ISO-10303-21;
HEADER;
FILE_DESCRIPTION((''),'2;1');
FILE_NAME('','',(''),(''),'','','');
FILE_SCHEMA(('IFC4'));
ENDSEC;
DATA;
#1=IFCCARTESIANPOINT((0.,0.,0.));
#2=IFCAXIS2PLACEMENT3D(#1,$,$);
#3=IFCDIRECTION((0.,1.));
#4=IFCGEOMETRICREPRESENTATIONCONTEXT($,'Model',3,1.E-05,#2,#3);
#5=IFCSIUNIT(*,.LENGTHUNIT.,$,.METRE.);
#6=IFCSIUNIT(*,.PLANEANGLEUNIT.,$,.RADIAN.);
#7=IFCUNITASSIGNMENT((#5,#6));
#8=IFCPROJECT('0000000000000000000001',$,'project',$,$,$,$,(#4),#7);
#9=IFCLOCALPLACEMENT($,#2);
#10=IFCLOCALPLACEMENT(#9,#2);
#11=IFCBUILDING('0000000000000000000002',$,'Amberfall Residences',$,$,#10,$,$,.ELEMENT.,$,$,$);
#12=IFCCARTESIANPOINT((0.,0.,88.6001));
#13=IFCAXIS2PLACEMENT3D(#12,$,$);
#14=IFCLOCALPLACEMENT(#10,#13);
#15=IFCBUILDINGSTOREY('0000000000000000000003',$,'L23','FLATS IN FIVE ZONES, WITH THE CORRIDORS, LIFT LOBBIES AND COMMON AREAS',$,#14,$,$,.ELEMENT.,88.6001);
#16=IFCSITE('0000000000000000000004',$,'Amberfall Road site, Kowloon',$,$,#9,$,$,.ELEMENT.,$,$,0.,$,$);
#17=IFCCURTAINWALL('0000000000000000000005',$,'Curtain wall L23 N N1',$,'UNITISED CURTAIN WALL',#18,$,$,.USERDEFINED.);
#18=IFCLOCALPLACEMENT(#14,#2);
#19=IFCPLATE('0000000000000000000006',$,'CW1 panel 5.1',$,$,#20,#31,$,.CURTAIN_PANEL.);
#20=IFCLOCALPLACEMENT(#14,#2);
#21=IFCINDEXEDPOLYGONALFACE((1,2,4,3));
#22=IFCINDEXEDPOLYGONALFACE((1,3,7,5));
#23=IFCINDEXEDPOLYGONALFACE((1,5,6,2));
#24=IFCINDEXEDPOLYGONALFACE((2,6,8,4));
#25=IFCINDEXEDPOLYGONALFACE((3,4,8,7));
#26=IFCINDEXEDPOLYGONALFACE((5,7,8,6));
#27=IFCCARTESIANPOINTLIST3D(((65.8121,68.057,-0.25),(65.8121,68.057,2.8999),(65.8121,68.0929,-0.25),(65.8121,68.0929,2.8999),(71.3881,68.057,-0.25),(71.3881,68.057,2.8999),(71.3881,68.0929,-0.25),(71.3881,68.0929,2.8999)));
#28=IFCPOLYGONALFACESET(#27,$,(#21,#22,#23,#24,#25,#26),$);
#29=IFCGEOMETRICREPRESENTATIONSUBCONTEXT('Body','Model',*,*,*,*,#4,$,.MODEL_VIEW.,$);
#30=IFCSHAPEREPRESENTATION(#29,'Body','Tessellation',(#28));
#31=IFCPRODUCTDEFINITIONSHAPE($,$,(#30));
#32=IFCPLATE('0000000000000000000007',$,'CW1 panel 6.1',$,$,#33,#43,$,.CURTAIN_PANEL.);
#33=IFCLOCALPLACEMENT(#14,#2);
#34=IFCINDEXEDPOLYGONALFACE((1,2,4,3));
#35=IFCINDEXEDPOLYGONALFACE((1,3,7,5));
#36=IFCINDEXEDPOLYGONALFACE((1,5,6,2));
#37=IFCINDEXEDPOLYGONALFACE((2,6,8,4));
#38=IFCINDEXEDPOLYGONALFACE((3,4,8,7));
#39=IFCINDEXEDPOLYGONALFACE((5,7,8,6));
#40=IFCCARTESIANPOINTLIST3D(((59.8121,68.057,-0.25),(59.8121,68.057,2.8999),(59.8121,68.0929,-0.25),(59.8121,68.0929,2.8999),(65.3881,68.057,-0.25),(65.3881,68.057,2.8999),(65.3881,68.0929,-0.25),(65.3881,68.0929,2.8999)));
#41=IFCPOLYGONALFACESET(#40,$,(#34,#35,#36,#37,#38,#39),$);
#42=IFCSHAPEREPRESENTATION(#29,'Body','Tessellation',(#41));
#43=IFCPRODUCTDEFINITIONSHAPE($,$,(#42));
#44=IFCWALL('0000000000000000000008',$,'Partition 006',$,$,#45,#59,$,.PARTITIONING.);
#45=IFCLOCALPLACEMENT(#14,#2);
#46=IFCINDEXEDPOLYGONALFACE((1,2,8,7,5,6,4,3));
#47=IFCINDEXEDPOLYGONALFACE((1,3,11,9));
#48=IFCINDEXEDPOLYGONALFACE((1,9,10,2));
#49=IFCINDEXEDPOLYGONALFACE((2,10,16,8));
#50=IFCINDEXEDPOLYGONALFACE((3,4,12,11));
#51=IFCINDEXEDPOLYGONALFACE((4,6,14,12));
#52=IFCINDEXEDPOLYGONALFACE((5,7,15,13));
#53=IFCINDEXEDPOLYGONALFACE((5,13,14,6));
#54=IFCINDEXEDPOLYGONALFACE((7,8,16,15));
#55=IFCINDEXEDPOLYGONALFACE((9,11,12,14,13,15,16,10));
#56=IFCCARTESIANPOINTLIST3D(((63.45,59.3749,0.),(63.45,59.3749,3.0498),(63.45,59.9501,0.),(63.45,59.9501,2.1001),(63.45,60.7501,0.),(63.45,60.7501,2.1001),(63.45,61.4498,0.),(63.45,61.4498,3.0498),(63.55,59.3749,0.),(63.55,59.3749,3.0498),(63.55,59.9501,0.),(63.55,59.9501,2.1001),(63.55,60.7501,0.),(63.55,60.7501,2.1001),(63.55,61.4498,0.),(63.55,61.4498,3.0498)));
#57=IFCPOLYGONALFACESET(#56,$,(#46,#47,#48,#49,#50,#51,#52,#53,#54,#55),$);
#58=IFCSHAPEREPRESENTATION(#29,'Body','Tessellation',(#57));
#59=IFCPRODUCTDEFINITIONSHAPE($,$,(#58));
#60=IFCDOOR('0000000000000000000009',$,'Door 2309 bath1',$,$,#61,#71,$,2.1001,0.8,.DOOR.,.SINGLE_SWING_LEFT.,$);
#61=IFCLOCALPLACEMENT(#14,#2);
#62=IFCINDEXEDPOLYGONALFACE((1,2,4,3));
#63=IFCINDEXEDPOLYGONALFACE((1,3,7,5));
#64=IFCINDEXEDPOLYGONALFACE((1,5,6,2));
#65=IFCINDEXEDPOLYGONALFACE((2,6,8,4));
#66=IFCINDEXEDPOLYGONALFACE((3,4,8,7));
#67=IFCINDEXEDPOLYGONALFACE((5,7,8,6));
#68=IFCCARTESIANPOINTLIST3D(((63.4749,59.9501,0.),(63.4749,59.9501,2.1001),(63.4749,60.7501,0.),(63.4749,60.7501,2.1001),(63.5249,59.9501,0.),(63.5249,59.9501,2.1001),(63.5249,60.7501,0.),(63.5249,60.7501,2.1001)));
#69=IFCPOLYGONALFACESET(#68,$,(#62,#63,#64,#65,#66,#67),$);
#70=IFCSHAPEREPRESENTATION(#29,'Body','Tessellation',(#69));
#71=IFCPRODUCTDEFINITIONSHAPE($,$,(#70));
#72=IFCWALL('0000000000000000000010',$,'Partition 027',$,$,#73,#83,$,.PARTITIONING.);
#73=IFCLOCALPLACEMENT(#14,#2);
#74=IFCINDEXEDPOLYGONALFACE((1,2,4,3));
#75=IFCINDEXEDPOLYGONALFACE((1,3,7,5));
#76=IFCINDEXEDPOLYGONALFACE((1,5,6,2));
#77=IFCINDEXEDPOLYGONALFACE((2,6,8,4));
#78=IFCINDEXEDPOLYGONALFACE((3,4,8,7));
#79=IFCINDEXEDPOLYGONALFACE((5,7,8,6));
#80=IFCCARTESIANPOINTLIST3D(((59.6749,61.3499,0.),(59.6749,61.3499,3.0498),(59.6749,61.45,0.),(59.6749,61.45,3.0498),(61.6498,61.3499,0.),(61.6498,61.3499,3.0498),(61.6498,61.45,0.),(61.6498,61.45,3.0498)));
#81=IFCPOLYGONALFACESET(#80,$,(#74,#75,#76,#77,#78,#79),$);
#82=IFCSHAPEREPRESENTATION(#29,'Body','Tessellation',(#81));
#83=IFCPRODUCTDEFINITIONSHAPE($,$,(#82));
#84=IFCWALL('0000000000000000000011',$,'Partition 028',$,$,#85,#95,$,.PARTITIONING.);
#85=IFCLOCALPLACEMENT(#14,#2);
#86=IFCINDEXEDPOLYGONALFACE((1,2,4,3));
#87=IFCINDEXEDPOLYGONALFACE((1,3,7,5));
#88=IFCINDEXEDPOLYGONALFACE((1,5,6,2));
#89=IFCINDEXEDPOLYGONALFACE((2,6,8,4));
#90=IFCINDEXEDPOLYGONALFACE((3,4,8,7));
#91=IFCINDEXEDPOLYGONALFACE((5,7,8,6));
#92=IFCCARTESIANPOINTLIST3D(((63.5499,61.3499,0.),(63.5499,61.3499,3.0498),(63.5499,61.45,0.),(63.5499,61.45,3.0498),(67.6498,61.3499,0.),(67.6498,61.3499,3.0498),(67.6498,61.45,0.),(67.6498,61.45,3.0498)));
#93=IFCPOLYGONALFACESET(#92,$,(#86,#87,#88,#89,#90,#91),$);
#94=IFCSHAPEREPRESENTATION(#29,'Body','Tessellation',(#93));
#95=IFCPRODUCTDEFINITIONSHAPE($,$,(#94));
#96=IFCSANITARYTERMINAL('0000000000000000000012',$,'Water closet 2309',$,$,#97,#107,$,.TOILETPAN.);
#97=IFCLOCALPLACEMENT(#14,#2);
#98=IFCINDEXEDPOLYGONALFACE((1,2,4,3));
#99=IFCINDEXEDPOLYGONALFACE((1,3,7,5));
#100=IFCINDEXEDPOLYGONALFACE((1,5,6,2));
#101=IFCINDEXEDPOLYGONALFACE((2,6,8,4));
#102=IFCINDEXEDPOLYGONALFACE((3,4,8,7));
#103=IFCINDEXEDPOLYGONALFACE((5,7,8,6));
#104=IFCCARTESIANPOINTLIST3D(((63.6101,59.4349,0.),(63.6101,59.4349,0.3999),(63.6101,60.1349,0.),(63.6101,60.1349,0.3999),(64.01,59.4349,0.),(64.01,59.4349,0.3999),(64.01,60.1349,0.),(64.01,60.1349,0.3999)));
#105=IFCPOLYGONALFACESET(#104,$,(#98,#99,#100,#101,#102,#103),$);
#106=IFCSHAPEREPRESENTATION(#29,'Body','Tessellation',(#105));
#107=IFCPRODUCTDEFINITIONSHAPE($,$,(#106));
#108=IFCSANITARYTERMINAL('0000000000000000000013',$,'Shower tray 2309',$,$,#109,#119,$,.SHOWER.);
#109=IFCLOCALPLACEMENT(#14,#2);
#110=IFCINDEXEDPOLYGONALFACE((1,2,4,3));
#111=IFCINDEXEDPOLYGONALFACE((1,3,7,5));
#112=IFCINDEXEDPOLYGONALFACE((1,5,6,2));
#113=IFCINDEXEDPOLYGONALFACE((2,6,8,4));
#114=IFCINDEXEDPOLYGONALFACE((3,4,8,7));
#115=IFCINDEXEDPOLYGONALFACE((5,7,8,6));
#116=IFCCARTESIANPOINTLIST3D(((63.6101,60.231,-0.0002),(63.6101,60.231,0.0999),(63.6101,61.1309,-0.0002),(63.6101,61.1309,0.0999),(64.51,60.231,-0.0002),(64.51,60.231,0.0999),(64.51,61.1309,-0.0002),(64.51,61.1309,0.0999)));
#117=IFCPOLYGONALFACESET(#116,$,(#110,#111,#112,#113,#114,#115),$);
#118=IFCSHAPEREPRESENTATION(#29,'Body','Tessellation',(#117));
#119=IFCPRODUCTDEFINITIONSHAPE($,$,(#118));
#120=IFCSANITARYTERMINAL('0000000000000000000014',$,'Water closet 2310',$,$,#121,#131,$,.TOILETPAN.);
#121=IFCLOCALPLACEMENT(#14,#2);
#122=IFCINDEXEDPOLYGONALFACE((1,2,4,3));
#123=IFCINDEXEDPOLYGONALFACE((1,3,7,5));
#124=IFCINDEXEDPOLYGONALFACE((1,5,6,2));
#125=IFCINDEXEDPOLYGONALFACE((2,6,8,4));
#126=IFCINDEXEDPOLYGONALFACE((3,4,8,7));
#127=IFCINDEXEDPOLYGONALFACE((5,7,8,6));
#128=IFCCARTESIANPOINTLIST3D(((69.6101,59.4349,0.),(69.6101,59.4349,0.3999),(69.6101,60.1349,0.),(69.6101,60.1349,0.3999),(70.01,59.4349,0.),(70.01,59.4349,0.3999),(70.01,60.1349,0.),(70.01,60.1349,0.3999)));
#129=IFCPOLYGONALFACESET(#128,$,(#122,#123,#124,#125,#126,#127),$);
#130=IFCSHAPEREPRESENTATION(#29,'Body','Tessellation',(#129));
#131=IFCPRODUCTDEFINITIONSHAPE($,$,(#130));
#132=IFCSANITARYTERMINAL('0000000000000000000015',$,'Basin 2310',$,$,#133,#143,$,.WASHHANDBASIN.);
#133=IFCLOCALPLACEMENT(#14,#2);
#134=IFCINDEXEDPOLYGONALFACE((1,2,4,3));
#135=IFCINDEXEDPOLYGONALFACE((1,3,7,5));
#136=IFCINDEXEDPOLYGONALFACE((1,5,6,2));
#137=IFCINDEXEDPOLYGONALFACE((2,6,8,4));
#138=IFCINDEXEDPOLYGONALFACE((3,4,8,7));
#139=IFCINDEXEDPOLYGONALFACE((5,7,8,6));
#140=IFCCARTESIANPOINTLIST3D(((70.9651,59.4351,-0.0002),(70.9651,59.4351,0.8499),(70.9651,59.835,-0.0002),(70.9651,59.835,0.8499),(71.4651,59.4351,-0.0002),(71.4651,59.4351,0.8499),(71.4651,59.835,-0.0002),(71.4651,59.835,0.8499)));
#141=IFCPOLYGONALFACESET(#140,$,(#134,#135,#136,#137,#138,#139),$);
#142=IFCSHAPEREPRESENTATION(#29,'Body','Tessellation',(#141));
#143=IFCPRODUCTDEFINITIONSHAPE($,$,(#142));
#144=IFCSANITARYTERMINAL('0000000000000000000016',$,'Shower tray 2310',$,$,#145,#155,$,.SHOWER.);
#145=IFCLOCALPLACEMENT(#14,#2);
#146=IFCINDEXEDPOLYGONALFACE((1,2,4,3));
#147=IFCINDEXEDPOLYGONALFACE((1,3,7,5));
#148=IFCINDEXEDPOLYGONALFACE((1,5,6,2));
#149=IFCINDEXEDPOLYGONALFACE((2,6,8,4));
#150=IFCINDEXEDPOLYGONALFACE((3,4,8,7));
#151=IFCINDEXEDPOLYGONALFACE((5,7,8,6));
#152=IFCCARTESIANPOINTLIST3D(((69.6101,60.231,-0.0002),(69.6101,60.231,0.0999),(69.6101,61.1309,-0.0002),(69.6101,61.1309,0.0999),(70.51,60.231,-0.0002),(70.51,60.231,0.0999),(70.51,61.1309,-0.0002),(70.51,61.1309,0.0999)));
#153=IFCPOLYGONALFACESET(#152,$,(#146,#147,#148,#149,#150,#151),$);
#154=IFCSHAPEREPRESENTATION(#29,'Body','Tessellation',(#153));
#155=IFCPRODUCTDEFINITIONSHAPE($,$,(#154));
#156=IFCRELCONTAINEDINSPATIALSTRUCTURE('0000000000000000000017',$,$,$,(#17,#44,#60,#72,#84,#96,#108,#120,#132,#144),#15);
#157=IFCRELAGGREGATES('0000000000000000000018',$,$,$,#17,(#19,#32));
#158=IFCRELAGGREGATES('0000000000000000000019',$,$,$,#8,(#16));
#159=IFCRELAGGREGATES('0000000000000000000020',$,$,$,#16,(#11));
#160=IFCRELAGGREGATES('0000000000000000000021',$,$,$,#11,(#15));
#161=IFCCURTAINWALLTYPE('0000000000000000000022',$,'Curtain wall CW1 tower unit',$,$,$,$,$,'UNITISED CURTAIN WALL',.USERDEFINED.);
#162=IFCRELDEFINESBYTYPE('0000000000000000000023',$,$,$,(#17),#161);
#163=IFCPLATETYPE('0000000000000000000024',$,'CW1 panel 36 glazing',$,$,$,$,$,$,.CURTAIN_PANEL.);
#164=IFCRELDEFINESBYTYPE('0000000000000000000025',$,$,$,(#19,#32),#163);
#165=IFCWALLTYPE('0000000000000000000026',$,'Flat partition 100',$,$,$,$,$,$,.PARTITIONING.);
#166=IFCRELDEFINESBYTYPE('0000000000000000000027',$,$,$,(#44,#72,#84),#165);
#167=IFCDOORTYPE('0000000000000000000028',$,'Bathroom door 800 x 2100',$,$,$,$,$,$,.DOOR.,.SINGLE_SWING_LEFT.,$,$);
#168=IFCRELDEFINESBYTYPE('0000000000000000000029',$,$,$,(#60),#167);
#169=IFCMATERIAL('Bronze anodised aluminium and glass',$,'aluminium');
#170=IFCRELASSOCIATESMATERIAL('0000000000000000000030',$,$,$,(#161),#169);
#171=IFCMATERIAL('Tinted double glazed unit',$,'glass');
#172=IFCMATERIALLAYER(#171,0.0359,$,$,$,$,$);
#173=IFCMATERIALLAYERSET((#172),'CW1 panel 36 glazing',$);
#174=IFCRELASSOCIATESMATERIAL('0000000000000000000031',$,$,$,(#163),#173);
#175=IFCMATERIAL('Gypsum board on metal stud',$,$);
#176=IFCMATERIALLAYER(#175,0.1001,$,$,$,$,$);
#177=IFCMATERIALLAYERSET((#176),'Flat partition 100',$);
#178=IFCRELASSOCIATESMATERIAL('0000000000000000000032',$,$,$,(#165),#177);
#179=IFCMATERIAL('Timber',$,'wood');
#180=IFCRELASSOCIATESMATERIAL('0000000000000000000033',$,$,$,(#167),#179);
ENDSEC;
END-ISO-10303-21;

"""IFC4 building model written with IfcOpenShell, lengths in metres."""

from ifc_helpers import new_model, si_unit, direction, frame, frame_2d, origin, origin_2d, place, context, subcontext, project, spatial, rectangle, extrude, material, layer, layer_set, type_object, element, fill, aggregate, save


model = new_model("IFC4")

# Units and contexts
model_context = context("Model", 3, precision=1e-05, world=origin(), true_north=direction((0.0, 1.0)))
body_context = subcontext(model_context, "Body", "Model", "MODEL_VIEW")
ifc_project = project(units=[si_unit("LENGTHUNIT", "METRE"), si_unit("PLANEANGLEUNIT", "RADIAN")], contexts=[model_context])

# Site, building, storey
site_placement = place(None, origin())
site = spatial("IfcSite", under=ifc_project, at=site_placement, Name="Amberfall Road site, Kowloon", CompositionType="ELEMENT", RefElevation=0.0)
building_placement = place(site_placement, origin())
building = spatial("IfcBuilding", under=site, at=building_placement, Name="Amberfall Residences", CompositionType="ELEMENT")
storey_placement = place(building_placement, frame((0.0, 0.0, 88.6001)))
storey = spatial("IfcBuildingStorey", under=building, at=storey_placement, Name="L23", Description="FLATS IN FIVE ZONES, WITH THE CORRIDORS, LIFT LOBBIES AND COMMON AREAS", CompositionType="ELEMENT", Elevation=88.6001)

# Curtain wall
ifc_material_1 = material(Name="Bronze anodised aluminium and glass", Category="aluminium")
curtain_wall_type = type_object("IfcCurtainWallType", Name="Curtain wall CW1 tower unit", ElementType="UNITISED CURTAIN WALL", PredefinedType="USERDEFINED", material=ifc_material_1)
curtain_wall_placement = place(storey_placement, origin())
curtain_wall = element("IfcCurtainWall", 1, at=curtain_wall_placement, inside=storey, type_object=curtain_wall_type, Name="Curtain wall L23 N N1", ObjectType="UNITISED CURTAIN WALL", PredefinedType="USERDEFINED")

# Plates
ifc_material_2 = material(Name="Tinted double glazed unit", Category="glass")
ifc_layer_1 = layer(ifc_material_2, 0.0359)
ifc_layer_set_1 = layer_set([ifc_layer_1], Name="CW1 panel 36 glazing")
plate_type = type_object("IfcPlateType", Name="CW1 panel 36 glazing", PredefinedType="CURTAIN_PANEL", material=ifc_layer_set_1)
plate_1_placement = place(storey_placement, frame((68.6001, 68.075, -0.25), z_axis=(0.0, 0.0, 1.0), x_axis=(-1.0, 0.0, 0.0)))
plate_1 = element("IfcPlate", 2, at=plate_1_placement, type_object=plate_type, Name="CW1 panel 5.1", PredefinedType="CURTAIN_PANEL", context=body_context, shape_type="SweptSolid", body=[
    extrude(rectangle(XDim=5.5759, YDim=0.0359, at=origin_2d()), origin(), (0.0, 0.0, 1.0), 3.1499),
])
plate_2_placement = place(storey_placement, frame((62.6001, 68.075, -0.25), z_axis=(0.0, 0.0, 1.0), x_axis=(-1.0, 0.0, 0.0)))
plate_2 = element("IfcPlate", 3, at=plate_2_placement, type_object=plate_type, Name="CW1 panel 6.1", PredefinedType="CURTAIN_PANEL", context=body_context, shape_type="SweptSolid", body=[
    extrude(rectangle(XDim=5.5759, YDim=0.0359, at=origin_2d()), origin(), (0.0, 0.0, 1.0), 3.1499),
])
aggregate(curtain_wall, [plate_1, plate_2])

# Wall, opening, door
ifc_material_3 = material(Name="Gypsum board on metal stud")
ifc_layer_2 = layer(ifc_material_3, 0.1001)
ifc_layer_set_2 = layer_set([ifc_layer_2], Name="Flat partition 100")
wall_type = type_object("IfcWallType", Name="Flat partition 100", PredefinedType="PARTITIONING", material=ifc_layer_set_2)
wall_1_placement = place(storey_placement, frame((63.5, 61.45, 0.0), z_axis=(0.0, 0.0, 1.0), x_axis=(0.0, -1.0, 0.0)))
wall_1 = element("IfcWall", 4, at=wall_1_placement, inside=storey, type_object=wall_type, Name="Partition 006", PredefinedType="PARTITIONING", context=body_context, shape_type="SweptSolid", body=[
    extrude(rectangle(XDim=2.075, YDim=0.1001, at=frame_2d((1.0376, 0.0))), origin(), (0.0, 0.0, 1.0), 3.0498),
])
opening_placement = place(wall_1_placement, frame((0.7, 0.0, 0.0)))
opening = element("IfcOpeningElement", 5, at=opening_placement, cuts=wall_1, PredefinedType="OPENING", context=body_context, shape_type="SweptSolid", body=[
    extrude(rectangle(XDim=0.8, YDim=2.1001, at=frame_2d((0.3999, 1.05))), frame((0.0, 0.0601, 0.0), z_axis=(0.0, -1.0, 0.0), x_axis=(1.0, 0.0, 0.0)), (0.0, 0.0, 1.0), 0.1201),
])
ifc_material_4 = material(Name="Timber", Category="wood")
door_type = type_object("IfcDoorType", Name="Bathroom door 800 x 2100", OperationType="SINGLE_SWING_LEFT", PredefinedType="DOOR", material=ifc_material_4)
door_placement = place(opening_placement, origin())
door = element("IfcDoor", 6, at=door_placement, inside=storey, type_object=door_type, Name="Door 2309 bath1", OperationType="SINGLE_SWING_LEFT", OverallHeight=2.1001, OverallWidth=0.8, PredefinedType="DOOR", context=body_context, shape_type="SweptSolid", body=[
    extrude(rectangle(XDim=0.8, YDim=2.1001, at=frame_2d((0.3999, 1.05))), frame((0.0, 0.0249, 0.0), z_axis=(0.0, -1.0, 0.0), x_axis=(1.0, 0.0, 0.0)), (0.0, 0.0, 1.0), 0.05),
])
fill(opening, door)

# Walls
wall_2_placement = place(storey_placement, frame((59.675, 61.3999, 0.0), z_axis=(0.0, 0.0, 1.0), x_axis=(1.0, 0.0, 0.0)))
element("IfcWall", 7, at=wall_2_placement, inside=storey, type_object=wall_type, Name="Partition 027", PredefinedType="PARTITIONING", context=body_context, shape_type="SweptSolid", body=[
    extrude(rectangle(XDim=1.9749, YDim=0.1001, at=frame_2d((0.9873, 0.0))), origin(), (0.0, 0.0, 1.0), 3.0498),
])
wall_3_placement = place(storey_placement, frame((63.55, 61.3999, 0.0), z_axis=(0.0, 0.0, 1.0), x_axis=(1.0, 0.0, 0.0)))
element("IfcWall", 8, at=wall_3_placement, inside=storey, type_object=wall_type, Name="Partition 028", PredefinedType="PARTITIONING", context=body_context, shape_type="SweptSolid", body=[
    extrude(rectangle(XDim=4.0999, YDim=0.1001, at=frame_2d((2.0498, 0.0))), origin(), (0.0, 0.0, 1.0), 3.0498),
])

# Sanitary terminals
sanitary_terminal_1_placement = place(storey_placement, frame((63.8101, 59.7849, 0.0), z_axis=(0.0, 0.0, 1.0), x_axis=(1.0, 0.0, 0.0)))
element("IfcSanitaryTerminal", 9, at=sanitary_terminal_1_placement, inside=storey, Name="Water closet 2309", PredefinedType="TOILETPAN", context=body_context, shape_type="SweptSolid", body=[
    extrude(rectangle(XDim=0.3999, YDim=0.7, at=origin_2d()), origin(), (0.0, 0.0, 1.0), 0.3999),
])
sanitary_terminal_2_placement = place(storey_placement, frame((64.0601, 60.6809, -0.0002), z_axis=(0.0, 0.0, 1.0), x_axis=(1.0, 0.0, 0.0)))
element("IfcSanitaryTerminal", 10, at=sanitary_terminal_2_placement, inside=storey, Name="Shower tray 2309", PredefinedType="SHOWER", context=body_context, shape_type="SweptSolid", body=[
    extrude(rectangle(XDim=0.8999, YDim=0.8999, at=origin_2d()), origin(), (0.0, 0.0, 1.0), 0.1001),
])
sanitary_terminal_3_placement = place(storey_placement, frame((69.8101, 59.7849, 0.0), z_axis=(0.0, 0.0, 1.0), x_axis=(1.0, 0.0, 0.0)))
element("IfcSanitaryTerminal", 11, at=sanitary_terminal_3_placement, inside=storey, Name="Water closet 2310", PredefinedType="TOILETPAN", context=body_context, shape_type="SweptSolid", body=[
    extrude(rectangle(XDim=0.3999, YDim=0.7, at=origin_2d()), origin(), (0.0, 0.0, 1.0), 0.3999),
])
sanitary_terminal_4_placement = place(storey_placement, frame((71.2151, 59.635, -0.0002), z_axis=(0.0, 0.0, 1.0), x_axis=(1.0, 0.0, 0.0)))
element("IfcSanitaryTerminal", 12, at=sanitary_terminal_4_placement, inside=storey, Name="Basin 2310", PredefinedType="WASHHANDBASIN", context=body_context, shape_type="SweptSolid", body=[
    extrude(rectangle(XDim=0.5, YDim=0.3999, at=origin_2d()), origin(), (0.0, 0.0, 1.0), 0.8501),
])
sanitary_terminal_5_placement = place(storey_placement, frame((70.0601, 60.6809, -0.0002), z_axis=(0.0, 0.0, 1.0), x_axis=(1.0, 0.0, 0.0)))
element("IfcSanitaryTerminal", 13, at=sanitary_terminal_5_placement, inside=storey, Name="Shower tray 2310", PredefinedType="SHOWER", context=body_context, shape_type="SweptSolid", body=[
    extrude(rectangle(XDim=0.8999, YDim=0.8999, at=origin_2d()), origin(), (0.0, 0.0, 1.0), 0.1001),
])

save(model, "model.ifc")
